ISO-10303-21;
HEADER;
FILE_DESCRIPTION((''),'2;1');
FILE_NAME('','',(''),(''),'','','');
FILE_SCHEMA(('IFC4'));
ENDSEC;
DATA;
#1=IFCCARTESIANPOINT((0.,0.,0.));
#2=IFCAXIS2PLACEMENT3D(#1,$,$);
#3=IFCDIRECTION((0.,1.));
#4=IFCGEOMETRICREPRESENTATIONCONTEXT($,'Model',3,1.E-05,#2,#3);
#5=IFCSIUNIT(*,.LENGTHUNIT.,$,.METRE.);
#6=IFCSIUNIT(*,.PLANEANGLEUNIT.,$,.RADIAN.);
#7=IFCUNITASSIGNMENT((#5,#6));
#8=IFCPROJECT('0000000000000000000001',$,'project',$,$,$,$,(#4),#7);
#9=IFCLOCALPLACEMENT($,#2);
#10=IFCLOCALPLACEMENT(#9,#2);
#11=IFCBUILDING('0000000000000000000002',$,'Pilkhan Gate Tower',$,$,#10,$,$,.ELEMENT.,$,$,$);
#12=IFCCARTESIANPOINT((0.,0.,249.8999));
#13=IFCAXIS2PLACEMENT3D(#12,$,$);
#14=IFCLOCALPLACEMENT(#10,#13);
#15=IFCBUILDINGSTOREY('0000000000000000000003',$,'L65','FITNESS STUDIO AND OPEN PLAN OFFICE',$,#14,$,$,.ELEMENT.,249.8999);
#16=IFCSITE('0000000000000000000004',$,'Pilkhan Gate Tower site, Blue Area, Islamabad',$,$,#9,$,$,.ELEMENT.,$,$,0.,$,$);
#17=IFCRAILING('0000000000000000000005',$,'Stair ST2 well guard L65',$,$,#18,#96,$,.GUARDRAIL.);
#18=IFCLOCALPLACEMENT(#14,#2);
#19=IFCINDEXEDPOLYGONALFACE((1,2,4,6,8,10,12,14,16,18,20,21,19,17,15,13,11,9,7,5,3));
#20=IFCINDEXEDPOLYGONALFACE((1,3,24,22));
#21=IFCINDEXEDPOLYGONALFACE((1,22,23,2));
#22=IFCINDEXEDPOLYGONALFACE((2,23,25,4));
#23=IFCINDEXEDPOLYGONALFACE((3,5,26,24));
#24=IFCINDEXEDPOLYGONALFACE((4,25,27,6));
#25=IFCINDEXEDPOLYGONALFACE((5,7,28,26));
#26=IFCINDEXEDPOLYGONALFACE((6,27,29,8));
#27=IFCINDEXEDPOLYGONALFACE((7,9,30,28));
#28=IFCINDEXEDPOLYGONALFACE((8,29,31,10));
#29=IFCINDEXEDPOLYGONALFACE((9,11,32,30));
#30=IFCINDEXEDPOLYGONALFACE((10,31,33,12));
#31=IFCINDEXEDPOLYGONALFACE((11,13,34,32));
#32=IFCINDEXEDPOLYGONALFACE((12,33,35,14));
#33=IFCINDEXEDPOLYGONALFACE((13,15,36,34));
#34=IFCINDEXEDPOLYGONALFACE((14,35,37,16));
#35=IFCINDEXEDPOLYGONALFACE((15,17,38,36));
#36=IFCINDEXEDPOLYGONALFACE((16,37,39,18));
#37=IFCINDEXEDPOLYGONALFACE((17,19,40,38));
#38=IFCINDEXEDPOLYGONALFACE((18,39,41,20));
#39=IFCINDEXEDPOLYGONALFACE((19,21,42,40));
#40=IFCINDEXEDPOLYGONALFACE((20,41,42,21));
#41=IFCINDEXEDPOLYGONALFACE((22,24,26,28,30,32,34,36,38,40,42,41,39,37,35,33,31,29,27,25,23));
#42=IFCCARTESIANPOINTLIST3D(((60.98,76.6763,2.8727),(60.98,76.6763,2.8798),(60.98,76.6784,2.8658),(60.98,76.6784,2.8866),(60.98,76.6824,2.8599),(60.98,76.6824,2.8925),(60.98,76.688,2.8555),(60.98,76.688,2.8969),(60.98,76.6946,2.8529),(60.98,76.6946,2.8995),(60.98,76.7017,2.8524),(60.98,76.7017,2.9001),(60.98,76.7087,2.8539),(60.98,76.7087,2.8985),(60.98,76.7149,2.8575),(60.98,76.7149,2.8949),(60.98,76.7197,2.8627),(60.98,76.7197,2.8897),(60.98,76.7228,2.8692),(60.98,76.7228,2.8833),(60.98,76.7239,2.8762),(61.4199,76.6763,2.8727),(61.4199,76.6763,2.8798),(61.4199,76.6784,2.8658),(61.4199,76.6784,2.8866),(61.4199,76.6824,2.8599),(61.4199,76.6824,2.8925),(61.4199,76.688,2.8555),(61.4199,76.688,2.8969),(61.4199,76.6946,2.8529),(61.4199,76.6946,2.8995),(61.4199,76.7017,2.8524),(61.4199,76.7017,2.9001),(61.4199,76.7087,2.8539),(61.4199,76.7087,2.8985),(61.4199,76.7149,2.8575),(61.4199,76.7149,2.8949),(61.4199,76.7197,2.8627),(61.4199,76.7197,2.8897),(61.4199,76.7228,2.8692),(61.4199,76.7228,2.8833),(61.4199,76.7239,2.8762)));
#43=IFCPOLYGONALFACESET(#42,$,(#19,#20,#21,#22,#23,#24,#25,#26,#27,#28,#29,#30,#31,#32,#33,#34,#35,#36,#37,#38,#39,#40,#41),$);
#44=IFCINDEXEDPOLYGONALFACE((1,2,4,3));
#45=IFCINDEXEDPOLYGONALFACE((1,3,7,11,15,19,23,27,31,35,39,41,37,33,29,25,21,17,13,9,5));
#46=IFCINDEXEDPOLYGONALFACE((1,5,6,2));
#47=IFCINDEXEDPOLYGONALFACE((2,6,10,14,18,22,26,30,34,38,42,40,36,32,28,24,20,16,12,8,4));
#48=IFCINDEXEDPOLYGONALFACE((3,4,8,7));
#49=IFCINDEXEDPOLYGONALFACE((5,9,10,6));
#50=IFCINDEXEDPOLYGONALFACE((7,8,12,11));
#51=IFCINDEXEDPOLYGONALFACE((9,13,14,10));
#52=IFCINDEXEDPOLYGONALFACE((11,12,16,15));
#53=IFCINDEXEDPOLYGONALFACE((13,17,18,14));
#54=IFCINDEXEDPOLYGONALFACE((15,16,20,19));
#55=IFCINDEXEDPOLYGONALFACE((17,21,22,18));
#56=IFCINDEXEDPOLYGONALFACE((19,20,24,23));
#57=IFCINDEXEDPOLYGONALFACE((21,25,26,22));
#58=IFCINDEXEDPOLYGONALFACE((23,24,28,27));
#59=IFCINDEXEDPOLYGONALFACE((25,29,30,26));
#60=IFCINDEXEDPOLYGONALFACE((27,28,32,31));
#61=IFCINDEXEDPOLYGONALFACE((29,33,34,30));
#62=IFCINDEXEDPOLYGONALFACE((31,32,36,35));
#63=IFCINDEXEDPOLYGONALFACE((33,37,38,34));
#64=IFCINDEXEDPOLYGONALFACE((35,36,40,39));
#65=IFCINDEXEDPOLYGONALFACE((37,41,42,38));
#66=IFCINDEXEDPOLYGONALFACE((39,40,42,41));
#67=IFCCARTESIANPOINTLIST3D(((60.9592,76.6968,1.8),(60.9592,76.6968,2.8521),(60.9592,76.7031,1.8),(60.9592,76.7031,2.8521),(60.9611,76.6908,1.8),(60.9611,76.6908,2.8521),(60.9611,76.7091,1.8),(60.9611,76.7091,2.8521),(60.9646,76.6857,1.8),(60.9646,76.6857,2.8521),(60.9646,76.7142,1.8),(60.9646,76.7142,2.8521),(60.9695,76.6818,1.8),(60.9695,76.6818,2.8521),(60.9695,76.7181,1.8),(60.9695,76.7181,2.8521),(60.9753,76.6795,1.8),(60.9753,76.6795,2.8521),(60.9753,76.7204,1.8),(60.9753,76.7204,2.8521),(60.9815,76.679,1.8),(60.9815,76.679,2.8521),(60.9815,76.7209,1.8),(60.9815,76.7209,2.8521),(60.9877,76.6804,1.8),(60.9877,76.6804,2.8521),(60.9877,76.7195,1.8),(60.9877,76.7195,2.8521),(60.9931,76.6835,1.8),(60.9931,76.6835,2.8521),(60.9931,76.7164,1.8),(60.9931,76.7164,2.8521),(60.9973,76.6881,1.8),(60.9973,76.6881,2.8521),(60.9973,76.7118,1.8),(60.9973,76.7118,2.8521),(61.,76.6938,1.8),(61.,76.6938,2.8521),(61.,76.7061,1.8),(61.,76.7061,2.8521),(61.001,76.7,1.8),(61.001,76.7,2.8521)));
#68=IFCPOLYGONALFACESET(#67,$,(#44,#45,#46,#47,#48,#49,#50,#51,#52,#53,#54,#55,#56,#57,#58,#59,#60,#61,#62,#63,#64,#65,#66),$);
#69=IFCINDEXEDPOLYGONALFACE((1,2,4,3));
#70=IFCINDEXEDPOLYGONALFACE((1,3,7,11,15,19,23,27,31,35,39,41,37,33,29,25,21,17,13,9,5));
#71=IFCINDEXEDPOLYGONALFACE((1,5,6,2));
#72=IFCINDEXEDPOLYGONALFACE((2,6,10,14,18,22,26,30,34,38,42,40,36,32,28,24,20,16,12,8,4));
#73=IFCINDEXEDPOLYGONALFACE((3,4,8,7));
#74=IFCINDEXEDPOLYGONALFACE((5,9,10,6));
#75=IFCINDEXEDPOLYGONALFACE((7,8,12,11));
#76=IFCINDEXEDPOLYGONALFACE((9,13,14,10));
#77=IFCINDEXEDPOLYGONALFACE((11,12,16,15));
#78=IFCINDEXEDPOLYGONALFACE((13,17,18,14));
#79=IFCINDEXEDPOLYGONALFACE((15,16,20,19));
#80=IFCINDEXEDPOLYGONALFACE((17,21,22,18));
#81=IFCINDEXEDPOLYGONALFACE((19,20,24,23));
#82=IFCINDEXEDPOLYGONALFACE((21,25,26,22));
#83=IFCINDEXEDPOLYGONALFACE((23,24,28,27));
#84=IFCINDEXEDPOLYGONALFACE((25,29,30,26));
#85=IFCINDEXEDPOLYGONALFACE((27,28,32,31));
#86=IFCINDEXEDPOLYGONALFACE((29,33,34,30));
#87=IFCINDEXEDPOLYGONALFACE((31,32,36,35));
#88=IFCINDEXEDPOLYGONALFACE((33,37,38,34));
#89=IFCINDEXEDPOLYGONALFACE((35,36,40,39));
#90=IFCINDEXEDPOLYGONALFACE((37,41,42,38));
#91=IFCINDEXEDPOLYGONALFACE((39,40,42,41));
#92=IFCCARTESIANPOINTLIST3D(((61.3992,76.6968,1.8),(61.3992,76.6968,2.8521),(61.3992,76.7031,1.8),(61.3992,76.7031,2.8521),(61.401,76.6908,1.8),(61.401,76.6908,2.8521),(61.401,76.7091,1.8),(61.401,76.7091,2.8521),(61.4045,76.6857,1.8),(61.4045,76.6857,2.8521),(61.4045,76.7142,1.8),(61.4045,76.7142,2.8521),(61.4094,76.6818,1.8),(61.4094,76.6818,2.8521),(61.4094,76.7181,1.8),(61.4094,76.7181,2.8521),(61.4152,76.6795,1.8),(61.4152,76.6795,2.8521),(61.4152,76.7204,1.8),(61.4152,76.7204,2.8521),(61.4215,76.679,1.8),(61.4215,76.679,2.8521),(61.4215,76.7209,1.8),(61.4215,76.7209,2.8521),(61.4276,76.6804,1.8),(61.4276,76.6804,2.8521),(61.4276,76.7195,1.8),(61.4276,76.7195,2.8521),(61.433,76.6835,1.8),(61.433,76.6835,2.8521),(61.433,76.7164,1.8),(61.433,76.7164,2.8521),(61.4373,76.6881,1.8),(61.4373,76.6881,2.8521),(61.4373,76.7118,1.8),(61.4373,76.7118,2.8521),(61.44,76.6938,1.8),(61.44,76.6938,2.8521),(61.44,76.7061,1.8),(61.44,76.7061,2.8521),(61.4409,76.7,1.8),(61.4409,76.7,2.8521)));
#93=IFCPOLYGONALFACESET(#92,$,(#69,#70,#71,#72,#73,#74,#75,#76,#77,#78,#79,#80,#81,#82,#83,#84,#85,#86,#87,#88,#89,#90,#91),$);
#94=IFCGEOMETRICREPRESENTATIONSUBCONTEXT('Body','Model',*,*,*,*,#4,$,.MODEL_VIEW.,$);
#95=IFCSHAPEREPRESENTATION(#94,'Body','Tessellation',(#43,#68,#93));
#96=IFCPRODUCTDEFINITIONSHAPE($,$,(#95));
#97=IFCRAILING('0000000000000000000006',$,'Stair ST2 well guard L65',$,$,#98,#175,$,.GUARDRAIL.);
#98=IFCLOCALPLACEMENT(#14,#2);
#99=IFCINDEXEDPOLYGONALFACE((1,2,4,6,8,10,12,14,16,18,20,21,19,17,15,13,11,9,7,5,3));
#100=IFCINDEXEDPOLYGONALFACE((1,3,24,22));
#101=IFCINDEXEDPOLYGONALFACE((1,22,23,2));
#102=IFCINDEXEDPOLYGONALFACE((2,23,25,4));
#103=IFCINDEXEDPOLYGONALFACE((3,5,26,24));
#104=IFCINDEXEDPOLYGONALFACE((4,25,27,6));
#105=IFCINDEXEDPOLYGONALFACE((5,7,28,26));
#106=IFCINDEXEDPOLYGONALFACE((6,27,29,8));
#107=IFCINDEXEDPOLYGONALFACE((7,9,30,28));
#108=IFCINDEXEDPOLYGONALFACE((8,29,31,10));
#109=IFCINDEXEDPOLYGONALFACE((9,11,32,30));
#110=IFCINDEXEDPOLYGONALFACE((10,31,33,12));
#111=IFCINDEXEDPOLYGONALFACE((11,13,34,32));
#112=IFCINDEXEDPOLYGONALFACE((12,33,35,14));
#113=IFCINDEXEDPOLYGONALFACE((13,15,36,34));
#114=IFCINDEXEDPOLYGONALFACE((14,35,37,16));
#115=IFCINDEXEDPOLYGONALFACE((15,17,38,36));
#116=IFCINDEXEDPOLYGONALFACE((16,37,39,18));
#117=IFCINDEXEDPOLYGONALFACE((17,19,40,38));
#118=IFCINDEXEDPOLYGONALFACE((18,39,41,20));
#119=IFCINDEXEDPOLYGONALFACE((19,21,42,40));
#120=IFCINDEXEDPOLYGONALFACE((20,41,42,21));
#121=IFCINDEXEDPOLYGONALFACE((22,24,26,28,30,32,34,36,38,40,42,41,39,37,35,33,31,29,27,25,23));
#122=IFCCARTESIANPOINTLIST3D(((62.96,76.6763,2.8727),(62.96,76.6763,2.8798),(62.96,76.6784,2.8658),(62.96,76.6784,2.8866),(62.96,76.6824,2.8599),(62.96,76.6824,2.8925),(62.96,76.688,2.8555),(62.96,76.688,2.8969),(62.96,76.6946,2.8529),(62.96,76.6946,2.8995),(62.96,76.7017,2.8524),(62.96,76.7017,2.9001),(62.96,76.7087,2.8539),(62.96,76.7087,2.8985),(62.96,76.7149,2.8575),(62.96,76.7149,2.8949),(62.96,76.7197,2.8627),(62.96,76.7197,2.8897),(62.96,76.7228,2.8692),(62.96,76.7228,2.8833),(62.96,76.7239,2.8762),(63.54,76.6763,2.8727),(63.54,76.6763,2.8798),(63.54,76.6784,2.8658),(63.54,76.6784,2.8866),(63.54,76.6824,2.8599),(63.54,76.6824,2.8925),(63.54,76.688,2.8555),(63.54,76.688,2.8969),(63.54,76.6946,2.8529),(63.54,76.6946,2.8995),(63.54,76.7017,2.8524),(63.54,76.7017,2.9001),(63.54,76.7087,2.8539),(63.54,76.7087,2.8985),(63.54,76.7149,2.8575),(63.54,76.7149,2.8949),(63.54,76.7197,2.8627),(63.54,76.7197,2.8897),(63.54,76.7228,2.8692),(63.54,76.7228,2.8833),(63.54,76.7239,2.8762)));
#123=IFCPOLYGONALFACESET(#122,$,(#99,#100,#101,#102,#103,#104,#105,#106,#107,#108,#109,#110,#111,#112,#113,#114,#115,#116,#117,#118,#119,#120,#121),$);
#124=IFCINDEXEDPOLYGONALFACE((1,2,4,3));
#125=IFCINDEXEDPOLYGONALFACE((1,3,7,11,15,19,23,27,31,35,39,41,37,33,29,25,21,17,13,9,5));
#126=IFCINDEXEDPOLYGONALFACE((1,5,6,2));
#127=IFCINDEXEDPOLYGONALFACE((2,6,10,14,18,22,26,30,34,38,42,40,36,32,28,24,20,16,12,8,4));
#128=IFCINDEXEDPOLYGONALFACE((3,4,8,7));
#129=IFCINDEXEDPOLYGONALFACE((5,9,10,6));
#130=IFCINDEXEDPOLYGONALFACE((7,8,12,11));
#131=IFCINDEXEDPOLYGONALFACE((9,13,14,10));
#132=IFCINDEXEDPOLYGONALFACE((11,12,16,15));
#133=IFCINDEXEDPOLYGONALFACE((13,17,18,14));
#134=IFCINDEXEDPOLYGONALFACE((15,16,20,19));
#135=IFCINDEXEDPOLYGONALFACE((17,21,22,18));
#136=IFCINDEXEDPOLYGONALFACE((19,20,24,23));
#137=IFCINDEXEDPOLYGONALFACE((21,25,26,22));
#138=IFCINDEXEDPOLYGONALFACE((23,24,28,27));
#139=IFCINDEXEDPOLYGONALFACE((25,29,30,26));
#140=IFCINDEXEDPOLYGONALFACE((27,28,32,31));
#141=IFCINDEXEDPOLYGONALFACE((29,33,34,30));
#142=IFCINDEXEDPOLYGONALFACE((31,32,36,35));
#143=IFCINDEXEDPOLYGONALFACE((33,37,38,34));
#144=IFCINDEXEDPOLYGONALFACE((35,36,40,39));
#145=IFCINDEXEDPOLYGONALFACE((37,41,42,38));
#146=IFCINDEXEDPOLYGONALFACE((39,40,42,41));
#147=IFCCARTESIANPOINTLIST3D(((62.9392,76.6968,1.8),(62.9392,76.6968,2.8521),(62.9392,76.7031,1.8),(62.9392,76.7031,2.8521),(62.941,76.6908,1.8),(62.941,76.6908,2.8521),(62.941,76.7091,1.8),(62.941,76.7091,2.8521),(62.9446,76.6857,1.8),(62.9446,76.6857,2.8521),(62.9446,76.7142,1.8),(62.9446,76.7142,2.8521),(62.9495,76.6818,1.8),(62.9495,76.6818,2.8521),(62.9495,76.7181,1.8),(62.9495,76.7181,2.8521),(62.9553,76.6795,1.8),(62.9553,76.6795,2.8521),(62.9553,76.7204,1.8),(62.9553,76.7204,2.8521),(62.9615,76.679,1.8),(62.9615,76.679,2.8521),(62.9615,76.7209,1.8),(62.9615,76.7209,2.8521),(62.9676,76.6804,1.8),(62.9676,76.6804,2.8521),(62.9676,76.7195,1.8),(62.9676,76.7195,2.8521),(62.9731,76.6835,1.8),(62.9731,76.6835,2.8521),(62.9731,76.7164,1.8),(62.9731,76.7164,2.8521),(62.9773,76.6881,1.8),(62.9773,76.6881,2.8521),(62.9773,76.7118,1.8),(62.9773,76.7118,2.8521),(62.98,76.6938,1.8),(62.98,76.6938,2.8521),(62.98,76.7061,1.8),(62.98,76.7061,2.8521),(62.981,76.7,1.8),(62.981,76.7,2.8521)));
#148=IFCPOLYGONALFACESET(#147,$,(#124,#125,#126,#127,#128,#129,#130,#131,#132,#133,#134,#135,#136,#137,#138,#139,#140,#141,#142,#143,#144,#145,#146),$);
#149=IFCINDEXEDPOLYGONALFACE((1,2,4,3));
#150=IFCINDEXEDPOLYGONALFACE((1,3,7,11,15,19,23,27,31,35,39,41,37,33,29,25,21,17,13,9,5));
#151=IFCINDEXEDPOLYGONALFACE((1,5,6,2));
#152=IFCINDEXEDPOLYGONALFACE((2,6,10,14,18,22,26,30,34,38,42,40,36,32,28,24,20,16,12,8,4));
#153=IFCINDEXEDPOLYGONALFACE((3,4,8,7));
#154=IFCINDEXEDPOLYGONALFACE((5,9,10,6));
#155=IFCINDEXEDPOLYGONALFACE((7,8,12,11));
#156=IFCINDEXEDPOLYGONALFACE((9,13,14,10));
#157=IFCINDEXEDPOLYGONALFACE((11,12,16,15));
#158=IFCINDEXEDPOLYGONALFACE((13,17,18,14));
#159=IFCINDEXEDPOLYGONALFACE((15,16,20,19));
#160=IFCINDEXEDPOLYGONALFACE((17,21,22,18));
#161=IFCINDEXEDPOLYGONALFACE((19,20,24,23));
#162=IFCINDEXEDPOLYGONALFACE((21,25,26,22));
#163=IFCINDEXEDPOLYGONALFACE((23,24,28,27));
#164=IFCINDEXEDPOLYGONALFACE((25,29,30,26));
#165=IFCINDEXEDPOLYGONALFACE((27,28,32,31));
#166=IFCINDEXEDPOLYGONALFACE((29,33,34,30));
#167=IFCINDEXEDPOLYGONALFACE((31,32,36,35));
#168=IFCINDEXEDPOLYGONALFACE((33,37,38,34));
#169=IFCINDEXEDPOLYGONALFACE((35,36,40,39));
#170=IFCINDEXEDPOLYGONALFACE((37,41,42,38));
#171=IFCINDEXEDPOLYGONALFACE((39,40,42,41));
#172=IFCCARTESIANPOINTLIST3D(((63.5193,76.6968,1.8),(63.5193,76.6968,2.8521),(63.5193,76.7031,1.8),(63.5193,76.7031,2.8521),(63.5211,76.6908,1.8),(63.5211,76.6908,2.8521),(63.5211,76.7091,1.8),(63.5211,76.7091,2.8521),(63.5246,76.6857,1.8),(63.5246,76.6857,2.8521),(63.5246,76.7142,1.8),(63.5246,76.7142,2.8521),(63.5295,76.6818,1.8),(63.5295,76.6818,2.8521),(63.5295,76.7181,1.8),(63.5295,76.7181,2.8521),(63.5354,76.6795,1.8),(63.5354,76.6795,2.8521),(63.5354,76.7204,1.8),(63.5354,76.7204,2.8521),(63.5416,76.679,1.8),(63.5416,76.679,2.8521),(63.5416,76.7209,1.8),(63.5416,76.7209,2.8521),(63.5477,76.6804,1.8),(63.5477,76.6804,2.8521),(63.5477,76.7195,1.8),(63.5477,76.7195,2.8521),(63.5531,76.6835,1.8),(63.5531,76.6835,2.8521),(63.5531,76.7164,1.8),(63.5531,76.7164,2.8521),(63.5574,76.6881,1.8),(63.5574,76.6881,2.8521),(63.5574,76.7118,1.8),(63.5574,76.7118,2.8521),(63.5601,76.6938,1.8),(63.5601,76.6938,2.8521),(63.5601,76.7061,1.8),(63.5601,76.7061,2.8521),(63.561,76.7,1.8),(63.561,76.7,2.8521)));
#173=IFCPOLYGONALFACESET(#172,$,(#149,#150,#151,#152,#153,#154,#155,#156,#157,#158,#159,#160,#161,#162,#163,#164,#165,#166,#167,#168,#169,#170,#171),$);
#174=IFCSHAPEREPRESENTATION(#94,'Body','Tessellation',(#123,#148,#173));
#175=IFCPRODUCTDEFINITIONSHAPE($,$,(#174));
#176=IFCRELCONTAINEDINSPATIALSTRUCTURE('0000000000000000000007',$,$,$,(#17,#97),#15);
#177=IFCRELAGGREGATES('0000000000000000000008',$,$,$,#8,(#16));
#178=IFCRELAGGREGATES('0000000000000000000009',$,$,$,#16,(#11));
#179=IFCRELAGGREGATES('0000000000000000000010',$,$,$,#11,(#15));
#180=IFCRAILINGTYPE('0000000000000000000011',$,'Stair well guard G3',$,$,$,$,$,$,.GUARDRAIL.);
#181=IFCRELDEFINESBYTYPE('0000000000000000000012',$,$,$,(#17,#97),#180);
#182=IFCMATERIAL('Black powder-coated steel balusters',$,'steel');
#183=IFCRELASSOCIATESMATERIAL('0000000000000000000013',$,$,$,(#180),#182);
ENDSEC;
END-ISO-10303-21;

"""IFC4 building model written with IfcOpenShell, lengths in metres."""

from ifc_helpers import new_model, si_unit, direction, frame, origin, origin_2d, place, context, subcontext, project, spatial, circle, extrude, material, type_object, element, save


model = new_model("IFC4")

# Units and contexts
model_context = context("Model", 3, precision=1e-05, world=origin(), true_north=direction((0.0, 1.0)))
body_context = subcontext(model_context, "Body", "Model", "MODEL_VIEW")
ifc_project = project(units=[si_unit("LENGTHUNIT", "METRE"), si_unit("PLANEANGLEUNIT", "RADIAN")], contexts=[model_context])

# Site, building, storey
site_placement = place(None, origin())
site = spatial("IfcSite", under=ifc_project, at=site_placement, Name="Pilkhan Gate Tower site, Blue Area, Islamabad", CompositionType="ELEMENT", RefElevation=0.0)
building_placement = place(site_placement, origin())
building = spatial("IfcBuilding", under=site, at=building_placement, Name="Pilkhan Gate Tower", CompositionType="ELEMENT")
storey_placement = place(building_placement, frame((0.0, 0.0, 249.8999)))
storey = spatial("IfcBuildingStorey", under=building, at=storey_placement, Name="L65", Description="FITNESS STUDIO AND OPEN PLAN OFFICE", CompositionType="ELEMENT", Elevation=249.8999)

# Railings
ifc_material_1 = material(Name="Black powder-coated steel balusters", Category="steel")
railing_type_1 = type_object("IfcRailingType", Name="Stair well guard G3", PredefinedType="GUARDRAIL", material=ifc_material_1)
railing_1_placement = place(storey_placement, frame((60.98, 76.7, 1.8)))
element("IfcRailing", 1, at=railing_1_placement, inside=storey, type_object=railing_type_1, Name="Stair ST2 well guard L65", PredefinedType="GUARDRAIL", context=body_context, shape_type="SweptSolid", body=[
    extrude(circle(Radius=0.0239, at=origin_2d()), frame((0.0, 0.0, 1.0762), z_axis=(1.0, 0.0, 0.0), x_axis=(0.0, 1.0, 0.0)), (0.0, 0.0, 1.0), 0.4399),
    extrude(circle(Radius=0.021, at=origin_2d()), origin(), (0.0, 0.0, 1.0), 1.052),
    extrude(circle(Radius=0.021, at=origin_2d()), frame((0.4399, 0.0, 0.0)), (0.0, 0.0, 1.0), 1.052),
])
railing_2_placement = place(storey_placement, frame((62.96, 76.7, 1.8)))
element("IfcRailing", 2, at=railing_2_placement, inside=storey, type_object=railing_type_1, Name="Stair ST2 well guard L65", PredefinedType="GUARDRAIL", context=body_context, shape_type="SweptSolid", body=[
    extrude(circle(Radius=0.0239, at=origin_2d()), frame((0.0, 0.0, 1.0762), z_axis=(1.0, 0.0, 0.0), x_axis=(0.0, 1.0, 0.0)), (0.0, 0.0, 1.0), 0.5801),
    extrude(circle(Radius=0.021, at=origin_2d()), origin(), (0.0, 0.0, 1.0), 1.052),
    extrude(circle(Radius=0.021, at=origin_2d()), frame((0.5801, 0.0, 0.0)), (0.0, 0.0, 1.0), 1.052),
])

save(model, "model.ifc")
